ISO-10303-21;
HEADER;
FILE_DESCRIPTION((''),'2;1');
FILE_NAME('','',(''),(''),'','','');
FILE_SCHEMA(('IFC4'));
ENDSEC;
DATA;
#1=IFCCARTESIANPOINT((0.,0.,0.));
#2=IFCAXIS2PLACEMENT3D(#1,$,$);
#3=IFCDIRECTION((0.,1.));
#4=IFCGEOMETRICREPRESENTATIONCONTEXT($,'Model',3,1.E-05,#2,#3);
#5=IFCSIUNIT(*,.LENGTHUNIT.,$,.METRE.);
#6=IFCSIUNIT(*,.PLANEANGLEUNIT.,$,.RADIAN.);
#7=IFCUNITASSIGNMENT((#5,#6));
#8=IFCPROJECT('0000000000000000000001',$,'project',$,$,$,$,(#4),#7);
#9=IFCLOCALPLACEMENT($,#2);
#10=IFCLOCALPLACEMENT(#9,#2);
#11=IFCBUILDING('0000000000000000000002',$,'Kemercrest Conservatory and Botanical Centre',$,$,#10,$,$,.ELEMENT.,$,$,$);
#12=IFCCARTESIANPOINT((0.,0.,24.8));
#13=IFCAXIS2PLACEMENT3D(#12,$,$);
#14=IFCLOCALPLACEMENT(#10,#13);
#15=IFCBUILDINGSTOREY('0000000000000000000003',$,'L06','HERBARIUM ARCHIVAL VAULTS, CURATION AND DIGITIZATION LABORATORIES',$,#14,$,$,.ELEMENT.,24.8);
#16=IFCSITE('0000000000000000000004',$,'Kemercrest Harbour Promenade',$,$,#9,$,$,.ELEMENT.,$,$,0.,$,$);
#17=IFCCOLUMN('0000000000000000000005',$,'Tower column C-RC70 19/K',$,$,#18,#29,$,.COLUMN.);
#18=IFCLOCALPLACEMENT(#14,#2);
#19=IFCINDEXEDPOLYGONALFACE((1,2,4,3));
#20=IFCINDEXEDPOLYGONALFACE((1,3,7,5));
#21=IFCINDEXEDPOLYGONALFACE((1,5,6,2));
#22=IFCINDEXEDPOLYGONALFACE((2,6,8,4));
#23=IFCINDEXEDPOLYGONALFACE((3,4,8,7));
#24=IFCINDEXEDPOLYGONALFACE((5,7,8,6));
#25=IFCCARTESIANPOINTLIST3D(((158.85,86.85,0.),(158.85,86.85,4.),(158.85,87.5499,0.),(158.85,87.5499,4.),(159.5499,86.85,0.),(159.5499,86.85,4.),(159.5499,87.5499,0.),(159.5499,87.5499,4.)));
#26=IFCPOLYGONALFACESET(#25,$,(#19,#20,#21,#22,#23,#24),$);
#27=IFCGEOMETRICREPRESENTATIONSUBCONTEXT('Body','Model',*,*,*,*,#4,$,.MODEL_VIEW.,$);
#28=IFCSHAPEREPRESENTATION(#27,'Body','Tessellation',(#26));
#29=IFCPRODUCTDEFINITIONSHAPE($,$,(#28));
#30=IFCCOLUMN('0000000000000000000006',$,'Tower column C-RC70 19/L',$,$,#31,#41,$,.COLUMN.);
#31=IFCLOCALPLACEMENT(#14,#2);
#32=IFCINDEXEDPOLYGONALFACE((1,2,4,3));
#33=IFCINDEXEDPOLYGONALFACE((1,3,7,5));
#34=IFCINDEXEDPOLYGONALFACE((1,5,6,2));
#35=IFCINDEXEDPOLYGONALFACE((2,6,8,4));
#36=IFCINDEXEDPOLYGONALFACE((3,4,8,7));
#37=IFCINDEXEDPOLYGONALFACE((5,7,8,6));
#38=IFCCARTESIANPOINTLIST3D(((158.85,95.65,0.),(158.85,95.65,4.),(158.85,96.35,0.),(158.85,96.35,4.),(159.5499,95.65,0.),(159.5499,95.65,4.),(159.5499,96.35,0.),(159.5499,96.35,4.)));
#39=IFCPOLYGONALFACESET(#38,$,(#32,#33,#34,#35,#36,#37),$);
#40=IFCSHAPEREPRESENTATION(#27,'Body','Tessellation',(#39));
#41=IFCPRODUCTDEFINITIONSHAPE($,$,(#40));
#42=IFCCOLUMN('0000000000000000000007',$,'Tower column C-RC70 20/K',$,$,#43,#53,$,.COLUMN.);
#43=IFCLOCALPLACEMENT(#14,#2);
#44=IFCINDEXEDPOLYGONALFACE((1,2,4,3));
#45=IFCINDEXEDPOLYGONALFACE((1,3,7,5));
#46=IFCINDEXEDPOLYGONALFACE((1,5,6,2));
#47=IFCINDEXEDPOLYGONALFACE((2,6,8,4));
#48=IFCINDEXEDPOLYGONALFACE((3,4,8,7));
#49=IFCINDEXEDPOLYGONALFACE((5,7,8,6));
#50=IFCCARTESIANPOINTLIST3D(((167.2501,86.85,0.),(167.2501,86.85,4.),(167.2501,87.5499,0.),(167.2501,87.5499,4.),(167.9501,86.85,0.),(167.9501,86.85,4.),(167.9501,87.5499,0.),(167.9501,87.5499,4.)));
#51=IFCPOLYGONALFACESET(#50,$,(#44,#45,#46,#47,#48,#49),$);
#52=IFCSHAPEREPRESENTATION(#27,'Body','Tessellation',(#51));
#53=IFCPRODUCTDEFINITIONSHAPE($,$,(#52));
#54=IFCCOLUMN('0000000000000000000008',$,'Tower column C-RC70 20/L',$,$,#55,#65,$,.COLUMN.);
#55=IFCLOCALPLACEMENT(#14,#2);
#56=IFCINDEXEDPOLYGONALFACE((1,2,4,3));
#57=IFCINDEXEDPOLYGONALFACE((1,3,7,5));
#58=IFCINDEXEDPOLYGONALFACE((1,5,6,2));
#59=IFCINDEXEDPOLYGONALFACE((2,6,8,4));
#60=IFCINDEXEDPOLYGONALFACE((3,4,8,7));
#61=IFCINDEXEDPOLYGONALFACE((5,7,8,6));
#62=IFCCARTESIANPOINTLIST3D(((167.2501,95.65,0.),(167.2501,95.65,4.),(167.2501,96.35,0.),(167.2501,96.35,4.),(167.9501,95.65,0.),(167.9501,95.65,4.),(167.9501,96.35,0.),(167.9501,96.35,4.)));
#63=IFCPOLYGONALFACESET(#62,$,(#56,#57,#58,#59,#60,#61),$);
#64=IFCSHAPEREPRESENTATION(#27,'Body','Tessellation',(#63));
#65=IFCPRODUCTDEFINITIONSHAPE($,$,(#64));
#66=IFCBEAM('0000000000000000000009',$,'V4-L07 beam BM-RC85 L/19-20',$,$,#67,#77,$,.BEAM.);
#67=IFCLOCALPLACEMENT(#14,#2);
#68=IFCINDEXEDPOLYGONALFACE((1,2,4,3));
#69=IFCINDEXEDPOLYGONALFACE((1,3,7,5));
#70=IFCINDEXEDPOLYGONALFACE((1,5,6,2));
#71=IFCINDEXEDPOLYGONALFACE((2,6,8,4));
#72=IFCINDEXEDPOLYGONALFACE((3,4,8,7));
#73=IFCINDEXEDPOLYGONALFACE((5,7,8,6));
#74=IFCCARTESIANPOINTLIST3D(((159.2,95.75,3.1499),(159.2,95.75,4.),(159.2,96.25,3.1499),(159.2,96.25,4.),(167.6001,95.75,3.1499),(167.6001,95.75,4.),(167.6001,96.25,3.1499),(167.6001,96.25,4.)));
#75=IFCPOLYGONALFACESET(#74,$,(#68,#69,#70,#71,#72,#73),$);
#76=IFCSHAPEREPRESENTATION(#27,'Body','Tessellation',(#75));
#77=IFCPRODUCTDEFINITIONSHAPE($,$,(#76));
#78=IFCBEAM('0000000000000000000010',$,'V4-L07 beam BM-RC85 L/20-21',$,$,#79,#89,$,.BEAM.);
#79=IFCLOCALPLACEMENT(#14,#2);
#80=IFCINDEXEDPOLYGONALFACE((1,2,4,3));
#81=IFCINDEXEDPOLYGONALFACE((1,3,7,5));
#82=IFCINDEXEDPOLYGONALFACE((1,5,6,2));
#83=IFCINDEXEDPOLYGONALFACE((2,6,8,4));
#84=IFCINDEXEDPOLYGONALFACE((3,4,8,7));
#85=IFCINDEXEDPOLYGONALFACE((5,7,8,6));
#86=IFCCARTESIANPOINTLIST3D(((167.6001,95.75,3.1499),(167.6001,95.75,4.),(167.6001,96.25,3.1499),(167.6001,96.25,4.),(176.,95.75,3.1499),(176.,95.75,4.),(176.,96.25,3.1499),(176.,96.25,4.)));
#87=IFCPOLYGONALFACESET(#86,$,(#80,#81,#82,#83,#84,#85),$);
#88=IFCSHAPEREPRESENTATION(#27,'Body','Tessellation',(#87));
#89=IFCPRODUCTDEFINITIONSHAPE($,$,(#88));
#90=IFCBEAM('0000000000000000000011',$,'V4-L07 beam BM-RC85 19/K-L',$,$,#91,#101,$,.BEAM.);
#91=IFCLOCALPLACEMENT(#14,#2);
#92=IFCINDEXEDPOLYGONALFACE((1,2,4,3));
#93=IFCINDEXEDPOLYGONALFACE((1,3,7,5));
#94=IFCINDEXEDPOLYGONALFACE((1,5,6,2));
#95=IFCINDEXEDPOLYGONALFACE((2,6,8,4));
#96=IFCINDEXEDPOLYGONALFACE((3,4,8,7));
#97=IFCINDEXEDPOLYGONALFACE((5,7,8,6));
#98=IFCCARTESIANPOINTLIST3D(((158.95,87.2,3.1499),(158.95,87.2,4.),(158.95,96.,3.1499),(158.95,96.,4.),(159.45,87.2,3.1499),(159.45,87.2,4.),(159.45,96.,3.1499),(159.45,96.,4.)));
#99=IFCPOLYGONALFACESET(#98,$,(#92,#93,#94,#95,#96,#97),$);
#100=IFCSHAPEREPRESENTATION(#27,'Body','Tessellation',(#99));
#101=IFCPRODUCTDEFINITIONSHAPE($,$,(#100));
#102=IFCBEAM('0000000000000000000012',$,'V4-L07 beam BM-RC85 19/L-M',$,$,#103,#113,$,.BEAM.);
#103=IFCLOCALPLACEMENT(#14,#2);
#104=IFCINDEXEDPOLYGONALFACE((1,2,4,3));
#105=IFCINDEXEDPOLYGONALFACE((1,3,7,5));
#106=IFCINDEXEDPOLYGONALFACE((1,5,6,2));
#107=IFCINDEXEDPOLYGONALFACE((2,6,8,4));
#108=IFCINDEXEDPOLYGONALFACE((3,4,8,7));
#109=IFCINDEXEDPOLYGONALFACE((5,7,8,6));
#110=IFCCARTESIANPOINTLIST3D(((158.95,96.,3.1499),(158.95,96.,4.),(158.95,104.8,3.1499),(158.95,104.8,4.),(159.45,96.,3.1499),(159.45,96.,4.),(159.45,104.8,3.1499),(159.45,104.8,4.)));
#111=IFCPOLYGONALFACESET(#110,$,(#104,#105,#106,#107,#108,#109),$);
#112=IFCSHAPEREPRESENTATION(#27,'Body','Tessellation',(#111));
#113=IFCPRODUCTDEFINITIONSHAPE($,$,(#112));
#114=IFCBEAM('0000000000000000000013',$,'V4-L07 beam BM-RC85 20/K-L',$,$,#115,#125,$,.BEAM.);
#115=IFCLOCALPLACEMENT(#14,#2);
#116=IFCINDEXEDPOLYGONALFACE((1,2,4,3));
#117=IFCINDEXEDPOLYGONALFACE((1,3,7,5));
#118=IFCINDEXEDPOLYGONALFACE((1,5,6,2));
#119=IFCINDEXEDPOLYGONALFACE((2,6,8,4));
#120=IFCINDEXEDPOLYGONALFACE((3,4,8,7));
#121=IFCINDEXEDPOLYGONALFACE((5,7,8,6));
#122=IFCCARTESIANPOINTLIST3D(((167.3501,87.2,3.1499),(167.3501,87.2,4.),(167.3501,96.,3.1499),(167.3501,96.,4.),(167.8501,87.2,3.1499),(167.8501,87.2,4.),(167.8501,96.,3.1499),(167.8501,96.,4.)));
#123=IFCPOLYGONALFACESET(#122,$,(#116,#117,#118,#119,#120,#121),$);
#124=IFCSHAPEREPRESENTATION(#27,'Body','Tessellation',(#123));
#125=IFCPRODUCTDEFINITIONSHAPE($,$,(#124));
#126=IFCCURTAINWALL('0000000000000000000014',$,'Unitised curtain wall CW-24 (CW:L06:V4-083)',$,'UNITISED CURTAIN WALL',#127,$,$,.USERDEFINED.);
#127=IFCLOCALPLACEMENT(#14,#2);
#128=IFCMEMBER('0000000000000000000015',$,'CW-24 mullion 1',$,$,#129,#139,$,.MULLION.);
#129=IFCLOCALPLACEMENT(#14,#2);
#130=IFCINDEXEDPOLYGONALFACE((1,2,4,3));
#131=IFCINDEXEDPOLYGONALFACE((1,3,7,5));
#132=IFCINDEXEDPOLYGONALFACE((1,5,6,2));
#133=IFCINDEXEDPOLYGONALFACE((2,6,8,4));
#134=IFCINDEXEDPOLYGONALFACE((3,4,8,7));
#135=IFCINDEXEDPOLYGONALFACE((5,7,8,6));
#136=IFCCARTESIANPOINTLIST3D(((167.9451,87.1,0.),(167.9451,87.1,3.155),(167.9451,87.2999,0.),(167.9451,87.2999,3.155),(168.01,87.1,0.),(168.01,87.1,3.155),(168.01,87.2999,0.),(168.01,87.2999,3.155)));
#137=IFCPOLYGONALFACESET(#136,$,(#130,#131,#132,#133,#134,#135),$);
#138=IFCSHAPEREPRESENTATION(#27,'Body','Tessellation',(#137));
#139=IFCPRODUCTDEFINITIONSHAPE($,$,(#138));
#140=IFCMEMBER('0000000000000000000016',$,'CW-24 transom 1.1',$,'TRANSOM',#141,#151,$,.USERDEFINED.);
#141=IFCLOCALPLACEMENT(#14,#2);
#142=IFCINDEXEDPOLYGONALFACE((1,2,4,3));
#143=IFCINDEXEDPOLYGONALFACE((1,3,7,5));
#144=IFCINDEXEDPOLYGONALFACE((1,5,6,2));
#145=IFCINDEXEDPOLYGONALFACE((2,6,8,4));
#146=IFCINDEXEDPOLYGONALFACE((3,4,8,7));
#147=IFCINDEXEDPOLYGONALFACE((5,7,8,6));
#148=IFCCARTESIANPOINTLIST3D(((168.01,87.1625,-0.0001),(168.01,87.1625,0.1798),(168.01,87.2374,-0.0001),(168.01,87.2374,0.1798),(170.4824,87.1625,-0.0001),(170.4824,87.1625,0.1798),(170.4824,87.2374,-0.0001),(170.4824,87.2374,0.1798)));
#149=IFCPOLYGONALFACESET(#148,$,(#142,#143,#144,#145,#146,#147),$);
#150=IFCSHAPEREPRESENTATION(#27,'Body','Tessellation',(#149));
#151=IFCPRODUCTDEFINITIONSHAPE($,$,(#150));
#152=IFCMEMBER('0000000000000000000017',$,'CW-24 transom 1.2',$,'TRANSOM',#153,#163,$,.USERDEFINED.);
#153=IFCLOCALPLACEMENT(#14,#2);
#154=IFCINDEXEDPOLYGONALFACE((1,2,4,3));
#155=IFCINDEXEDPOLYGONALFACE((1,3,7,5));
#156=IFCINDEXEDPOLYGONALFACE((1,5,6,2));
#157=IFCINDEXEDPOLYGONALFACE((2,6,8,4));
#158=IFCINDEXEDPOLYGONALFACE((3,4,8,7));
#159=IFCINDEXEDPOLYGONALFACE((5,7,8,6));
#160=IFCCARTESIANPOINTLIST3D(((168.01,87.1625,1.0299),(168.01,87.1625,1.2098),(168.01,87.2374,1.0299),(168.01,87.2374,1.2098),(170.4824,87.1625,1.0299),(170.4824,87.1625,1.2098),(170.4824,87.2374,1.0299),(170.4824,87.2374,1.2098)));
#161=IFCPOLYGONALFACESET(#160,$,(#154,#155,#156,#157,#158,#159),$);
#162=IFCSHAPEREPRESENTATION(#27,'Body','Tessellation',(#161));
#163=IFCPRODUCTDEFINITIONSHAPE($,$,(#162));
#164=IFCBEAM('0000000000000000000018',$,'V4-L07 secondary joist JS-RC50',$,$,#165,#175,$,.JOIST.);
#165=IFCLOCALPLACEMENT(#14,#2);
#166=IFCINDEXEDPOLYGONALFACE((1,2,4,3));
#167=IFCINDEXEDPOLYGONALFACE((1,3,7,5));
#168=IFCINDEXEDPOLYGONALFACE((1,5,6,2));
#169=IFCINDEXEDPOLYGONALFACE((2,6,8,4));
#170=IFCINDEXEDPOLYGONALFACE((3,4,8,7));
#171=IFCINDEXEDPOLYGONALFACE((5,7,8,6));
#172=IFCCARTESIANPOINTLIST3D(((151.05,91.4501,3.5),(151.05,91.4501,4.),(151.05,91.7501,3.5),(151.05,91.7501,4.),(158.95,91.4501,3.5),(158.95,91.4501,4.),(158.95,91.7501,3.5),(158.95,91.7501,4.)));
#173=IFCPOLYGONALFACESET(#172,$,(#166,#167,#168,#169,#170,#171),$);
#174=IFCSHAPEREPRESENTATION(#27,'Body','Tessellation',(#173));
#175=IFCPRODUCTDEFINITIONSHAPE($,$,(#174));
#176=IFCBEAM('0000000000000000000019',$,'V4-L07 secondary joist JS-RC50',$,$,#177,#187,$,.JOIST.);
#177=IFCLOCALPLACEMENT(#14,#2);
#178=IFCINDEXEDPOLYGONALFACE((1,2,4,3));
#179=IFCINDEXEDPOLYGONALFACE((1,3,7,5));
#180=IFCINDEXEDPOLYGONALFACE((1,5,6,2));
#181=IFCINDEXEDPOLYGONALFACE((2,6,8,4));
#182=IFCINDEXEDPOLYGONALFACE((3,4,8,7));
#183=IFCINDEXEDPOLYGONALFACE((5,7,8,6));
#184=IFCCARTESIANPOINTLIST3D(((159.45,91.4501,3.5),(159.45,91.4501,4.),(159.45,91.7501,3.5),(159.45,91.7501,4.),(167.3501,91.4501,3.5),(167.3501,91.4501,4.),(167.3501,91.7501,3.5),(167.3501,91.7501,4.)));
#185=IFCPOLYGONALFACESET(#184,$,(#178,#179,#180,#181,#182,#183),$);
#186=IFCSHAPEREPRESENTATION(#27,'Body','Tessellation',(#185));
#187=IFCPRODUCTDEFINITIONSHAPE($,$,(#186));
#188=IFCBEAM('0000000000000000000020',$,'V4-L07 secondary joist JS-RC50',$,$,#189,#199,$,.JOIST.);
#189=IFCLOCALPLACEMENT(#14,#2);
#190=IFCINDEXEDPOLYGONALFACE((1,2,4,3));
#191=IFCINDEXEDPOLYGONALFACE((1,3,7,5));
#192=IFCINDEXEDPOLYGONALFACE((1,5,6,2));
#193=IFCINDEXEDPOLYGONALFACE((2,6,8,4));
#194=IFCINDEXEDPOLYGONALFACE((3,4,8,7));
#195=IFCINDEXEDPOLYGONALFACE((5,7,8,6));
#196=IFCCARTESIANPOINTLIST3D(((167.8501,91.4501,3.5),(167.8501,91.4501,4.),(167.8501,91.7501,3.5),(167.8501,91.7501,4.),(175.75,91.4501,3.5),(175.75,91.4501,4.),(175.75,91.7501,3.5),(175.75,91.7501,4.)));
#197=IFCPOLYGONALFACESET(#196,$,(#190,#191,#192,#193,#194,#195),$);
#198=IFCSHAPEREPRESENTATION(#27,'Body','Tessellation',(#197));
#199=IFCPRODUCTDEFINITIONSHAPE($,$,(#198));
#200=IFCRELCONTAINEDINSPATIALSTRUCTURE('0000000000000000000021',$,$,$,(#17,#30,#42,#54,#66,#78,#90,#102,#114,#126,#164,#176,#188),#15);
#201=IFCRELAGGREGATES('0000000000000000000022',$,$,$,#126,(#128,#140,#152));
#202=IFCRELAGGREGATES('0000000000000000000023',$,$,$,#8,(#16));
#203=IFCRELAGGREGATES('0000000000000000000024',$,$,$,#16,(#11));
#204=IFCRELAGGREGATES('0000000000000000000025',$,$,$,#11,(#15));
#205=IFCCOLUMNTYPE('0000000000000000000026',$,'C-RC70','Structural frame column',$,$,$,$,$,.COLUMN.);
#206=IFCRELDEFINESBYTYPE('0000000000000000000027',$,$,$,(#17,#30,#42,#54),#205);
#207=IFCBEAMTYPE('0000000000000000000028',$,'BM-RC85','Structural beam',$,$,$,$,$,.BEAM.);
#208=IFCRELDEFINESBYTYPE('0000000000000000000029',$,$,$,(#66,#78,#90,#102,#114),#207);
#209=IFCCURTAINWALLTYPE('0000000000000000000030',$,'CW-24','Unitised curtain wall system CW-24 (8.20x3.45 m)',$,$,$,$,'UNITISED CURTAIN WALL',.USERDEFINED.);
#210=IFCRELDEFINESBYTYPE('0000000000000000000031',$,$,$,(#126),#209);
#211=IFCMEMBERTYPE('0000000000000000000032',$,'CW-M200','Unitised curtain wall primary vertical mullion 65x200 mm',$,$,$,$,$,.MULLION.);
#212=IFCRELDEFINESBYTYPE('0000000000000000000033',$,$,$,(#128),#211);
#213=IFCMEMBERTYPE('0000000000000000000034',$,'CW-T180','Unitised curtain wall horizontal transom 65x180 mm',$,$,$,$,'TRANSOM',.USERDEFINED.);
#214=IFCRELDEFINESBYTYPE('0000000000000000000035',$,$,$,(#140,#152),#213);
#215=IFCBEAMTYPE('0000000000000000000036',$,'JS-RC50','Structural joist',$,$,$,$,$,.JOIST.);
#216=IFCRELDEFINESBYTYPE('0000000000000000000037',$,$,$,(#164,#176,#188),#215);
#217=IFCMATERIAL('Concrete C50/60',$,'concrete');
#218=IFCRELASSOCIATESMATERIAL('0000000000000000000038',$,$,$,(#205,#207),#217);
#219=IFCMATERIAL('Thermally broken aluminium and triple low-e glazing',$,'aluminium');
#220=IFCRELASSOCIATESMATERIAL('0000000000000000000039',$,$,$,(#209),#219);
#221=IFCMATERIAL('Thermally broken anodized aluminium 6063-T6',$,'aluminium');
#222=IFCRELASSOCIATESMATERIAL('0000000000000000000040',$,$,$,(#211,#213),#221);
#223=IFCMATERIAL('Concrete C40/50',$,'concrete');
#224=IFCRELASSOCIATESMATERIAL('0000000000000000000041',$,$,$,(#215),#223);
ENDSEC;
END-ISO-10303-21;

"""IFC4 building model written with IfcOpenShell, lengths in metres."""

from ifc_helpers import new_model, si_unit, direction, frame, origin, origin_2d, place, context, subcontext, project, spatial, rectangle, extrude, material, material_profile, profile_set, type_object, element, aggregate, save


model = new_model("IFC4")

# Units and contexts
model_context = context("Model", 3, precision=1e-05, world=origin(), true_north=direction((0.0, 1.0)))
body_context = subcontext(model_context, "Body", "Model", "MODEL_VIEW")
ifc_project = project(units=[si_unit("LENGTHUNIT", "METRE"), si_unit("PLANEANGLEUNIT", "RADIAN")], contexts=[model_context])

# Site, building, storey
site_placement = place(None, origin())
site = spatial("IfcSite", under=ifc_project, at=site_placement, Name="Kemercrest Harbour Promenade", CompositionType="ELEMENT", RefElevation=0.0)
building_placement = place(site_placement, origin())
building = spatial("IfcBuilding", under=site, at=building_placement, Name="Kemercrest Conservatory and Botanical Centre", CompositionType="ELEMENT")
storey_placement = place(building_placement, frame((0.0, 0.0, 24.8)))
storey = spatial("IfcBuildingStorey", under=building, at=storey_placement, Name="L06", Description="HERBARIUM ARCHIVAL VAULTS, CURATION AND DIGITIZATION LABORATORIES", CompositionType="ELEMENT", Elevation=24.8)

# Columns
ifc_material_1 = material(Name="Concrete C50/60", Category="concrete")
ifc_material_profile_1 = material_profile(ifc_material_1, rectangle(XDim=0.7, YDim=0.7, at=origin_2d()), Name="RC 700x700")
ifc_profile_set_1 = profile_set([ifc_material_profile_1], Name="Concrete C50/60")
column_type = type_object("IfcColumnType", Name="C-RC70", Description="Structural frame column", PredefinedType="COLUMN", material=ifc_profile_set_1)
for number, where, z_axis, x_axis, name in (
    (1, (159.2, 87.2, 0.0), (0.0, 0.0, 1.0), (1.0, 0.0, 0.0), "Tower column C-RC70 19/K"),
    (2, (159.2, 96.0, 0.0), (0.0, 0.0, 1.0), (1.0, 0.0, 0.0), "Tower column C-RC70 19/L"),
    (3, (167.6001, 87.2, 0.0), (0.0, 0.0, 1.0), (1.0, 0.0, 0.0), "Tower column C-RC70 20/K"),
    (4, (167.6001, 96.0, 0.0), (0.0, 0.0, 1.0), (1.0, 0.0, 0.0), "Tower column C-RC70 20/L"),
):
    element("IfcColumn", number, at=place(storey_placement, frame(where, z_axis=z_axis, x_axis=x_axis)), inside=storey, type_object=column_type, Name=name, PredefinedType="COLUMN", context=body_context, shape_type="SweptSolid", body=[
        extrude(rectangle(XDim=0.7, YDim=0.7, at=origin_2d()), origin(), (0.0, 0.0, 1.0), 4.0),
    ])

# Beams
ifc_material_profile_2 = material_profile(ifc_material_1, rectangle(XDim=0.5, YDim=0.8501, at=origin_2d()), Name="RC 500x850")
ifc_profile_set_2 = profile_set([ifc_material_profile_2], Name="Concrete C50/60")
beam_type_1 = type_object("IfcBeamType", Name="BM-RC85", Description="Structural beam", PredefinedType="BEAM", material=ifc_profile_set_2)
beam_1_placement = place(storey_placement, frame((159.2, 96.0, 3.575), z_axis=(1.0, 0.0, 0.0), x_axis=(0.0, 1.0, 0.0)))
element("IfcBeam", 5, at=beam_1_placement, inside=storey, type_object=beam_type_1, Name="V4-L07 beam BM-RC85 L/19-20", PredefinedType="BEAM", context=body_context, shape_type="SweptSolid", body=[
    extrude(rectangle(XDim=0.5, YDim=0.8501, at=origin_2d()), origin(), (0.0, 0.0, 1.0), 8.4001),
])
beam_2_placement = place(storey_placement, frame((167.6001, 96.0, 3.575), z_axis=(1.0, 0.0, 0.0), x_axis=(0.0, 1.0, 0.0)))
element("IfcBeam", 6, at=beam_2_placement, inside=storey, type_object=beam_type_1, Name="V4-L07 beam BM-RC85 L/20-21", PredefinedType="BEAM", context=body_context, shape_type="SweptSolid", body=[
    extrude(rectangle(XDim=0.5, YDim=0.8501, at=origin_2d()), origin(), (0.0, 0.0, 1.0), 8.3999),
])
for number, where, z_axis, x_axis, name in (
    (7, (159.2, 87.2, 3.575), (0.0, 1.0, 0.0), (-1.0, 0.0, 0.0), "V4-L07 beam BM-RC85 19/K-L"),
    (8, (159.2, 96.0, 3.575), (0.0, 1.0, 0.0), (-1.0, 0.0, 0.0), "V4-L07 beam BM-RC85 19/L-M"),
    (9, (167.6001, 87.2, 3.575), (0.0, 1.0, 0.0), (-1.0, 0.0, 0.0), "V4-L07 beam BM-RC85 20/K-L"),
):
    element("IfcBeam", number, at=place(storey_placement, frame(where, z_axis=z_axis, x_axis=x_axis)), inside=storey, type_object=beam_type_1, Name=name, PredefinedType="BEAM", context=body_context, shape_type="SweptSolid", body=[
        extrude(rectangle(XDim=0.5, YDim=0.8501, at=origin_2d()), origin(), (0.0, 0.0, 1.0), 8.8),
    ])

# Curtain wall, members
ifc_material_2 = material(Name="Thermally broken aluminium and triple low-e glazing", Category="aluminium")
curtain_wall_type = type_object("IfcCurtainWallType", Name="CW-24", Description="Unitised curtain wall system CW-24 (8.20x3.45 m)", ElementType="UNITISED CURTAIN WALL", PredefinedType="USERDEFINED", material=ifc_material_2)
curtain_wall_placement = place(storey_placement, origin())
curtain_wall = element("IfcCurtainWall", 10, at=curtain_wall_placement, inside=storey, type_object=curtain_wall_type, Name="Unitised curtain wall CW-24 (CW:L06:V4-083)", ObjectType="UNITISED CURTAIN WALL", PredefinedType="USERDEFINED")
ifc_material_3 = material(Name="Thermally broken anodized aluminium 6063-T6", Category="aluminium")
ifc_material_profile_3 = material_profile(ifc_material_3, rectangle(XDim=0.2, YDim=0.0649, at=origin_2d()), Name="AL MULLION 65x200")
ifc_profile_set_3 = profile_set([ifc_material_profile_3], Name="Thermally broken anodized aluminium 6063-T6")
member_type_1 = type_object("IfcMemberType", Name="CW-M200", Description="Unitised curtain wall primary vertical mullion 65x200 mm", PredefinedType="MULLION", material=ifc_profile_set_3)
member_1_placement = place(storey_placement, frame((167.9775, 87.2, 0.0), z_axis=(0.0, 0.0, 1.0), x_axis=(0.0, 1.0, 0.0)))
member_1 = element("IfcMember", 11, at=member_1_placement, type_object=member_type_1, Name="CW-24 mullion 1", PredefinedType="MULLION", context=body_context, shape_type="SweptSolid", body=[
    extrude(rectangle(XDim=0.2, YDim=0.0649, at=origin_2d()), origin(), (0.0, 0.0, 1.0), 3.155),
])
ifc_material_profile_4 = material_profile(ifc_material_3, rectangle(XDim=0.075, YDim=0.1799, at=origin_2d()), Name="AL TRANSOM 75x180")
ifc_profile_set_4 = profile_set([ifc_material_profile_4], Name="Thermally broken anodized aluminium 6063-T6")
member_type_2 = type_object("IfcMemberType", Name="CW-T180", Description="Unitised curtain wall horizontal transom 65x180 mm", ElementType="TRANSOM", PredefinedType="USERDEFINED", material=ifc_profile_set_4)
member_2_placement = place(storey_placement, frame((168.01, 87.2, 0.0898), z_axis=(1.0, 0.0, 0.0), x_axis=(0.0, 1.0, 0.0)))
member_2 = element("IfcMember", 12, at=member_2_placement, type_object=member_type_2, Name="CW-24 transom 1.1", ObjectType="TRANSOM", PredefinedType="USERDEFINED", context=body_context, shape_type="SweptSolid", body=[
    extrude(rectangle(XDim=0.075, YDim=0.1799, at=origin_2d()), origin(), (0.0, 0.0, 1.0), 2.4724),
])
member_3_placement = place(storey_placement, frame((168.01, 87.2, 1.1199), z_axis=(1.0, 0.0, 0.0), x_axis=(0.0, 1.0, 0.0)))
member_3 = element("IfcMember", 13, at=member_3_placement, type_object=member_type_2, Name="CW-24 transom 1.2", ObjectType="TRANSOM", PredefinedType="USERDEFINED", context=body_context, shape_type="SweptSolid", body=[
    extrude(rectangle(XDim=0.075, YDim=0.1799, at=origin_2d()), origin(), (0.0, 0.0, 1.0), 2.4724),
])
aggregate(curtain_wall, [member_1, member_2, member_3])

# Beams
ifc_material_4 = material(Name="Concrete C40/50", Category="concrete")
ifc_material_profile_5 = material_profile(ifc_material_4, rectangle(XDim=0.3, YDim=0.5, at=origin_2d()), Name="RC 300x500")
ifc_profile_set_5 = profile_set([ifc_material_profile_5], Name="Concrete C40/50")
beam_type_2 = type_object("IfcBeamType", Name="JS-RC50", Description="Structural joist", PredefinedType="JOIST", material=ifc_profile_set_5)
beam_3_placement = place(storey_placement, frame((151.05, 91.6001, 3.75), z_axis=(1.0, 0.0, 0.0), x_axis=(0.0, 1.0, 0.0)))
element("IfcBeam", 14, at=beam_3_placement, inside=storey, type_object=beam_type_2, Name="V4-L07 secondary joist JS-RC50", PredefinedType="JOIST", context=body_context, shape_type="SweptSolid", body=[
    extrude(rectangle(XDim=0.3, YDim=0.5, at=origin_2d()), origin(), (0.0, 0.0, 1.0), 7.8999),
])
beam_4_placement = place(storey_placement, frame((159.45, 91.6001, 3.75), z_axis=(1.0, 0.0, 0.0), x_axis=(0.0, 1.0, 0.0)))
element("IfcBeam", 15, at=beam_4_placement, inside=storey, type_object=beam_type_2, Name="V4-L07 secondary joist JS-RC50", PredefinedType="JOIST", context=body_context, shape_type="SweptSolid", body=[
    extrude(rectangle(XDim=0.3, YDim=0.5, at=origin_2d()), origin(), (0.0, 0.0, 1.0), 7.9001),
])
beam_5_placement = place(storey_placement, frame((167.8501, 91.6001, 3.75), z_axis=(1.0, 0.0, 0.0), x_axis=(0.0, 1.0, 0.0)))
element("IfcBeam", 16, at=beam_5_placement, inside=storey, type_object=beam_type_2, Name="V4-L07 secondary joist JS-RC50", PredefinedType="JOIST", context=body_context, shape_type="SweptSolid", body=[
    extrude(rectangle(XDim=0.3, YDim=0.5, at=origin_2d()), origin(), (0.0, 0.0, 1.0), 7.8999),
])

save(model, "model.ifc")
